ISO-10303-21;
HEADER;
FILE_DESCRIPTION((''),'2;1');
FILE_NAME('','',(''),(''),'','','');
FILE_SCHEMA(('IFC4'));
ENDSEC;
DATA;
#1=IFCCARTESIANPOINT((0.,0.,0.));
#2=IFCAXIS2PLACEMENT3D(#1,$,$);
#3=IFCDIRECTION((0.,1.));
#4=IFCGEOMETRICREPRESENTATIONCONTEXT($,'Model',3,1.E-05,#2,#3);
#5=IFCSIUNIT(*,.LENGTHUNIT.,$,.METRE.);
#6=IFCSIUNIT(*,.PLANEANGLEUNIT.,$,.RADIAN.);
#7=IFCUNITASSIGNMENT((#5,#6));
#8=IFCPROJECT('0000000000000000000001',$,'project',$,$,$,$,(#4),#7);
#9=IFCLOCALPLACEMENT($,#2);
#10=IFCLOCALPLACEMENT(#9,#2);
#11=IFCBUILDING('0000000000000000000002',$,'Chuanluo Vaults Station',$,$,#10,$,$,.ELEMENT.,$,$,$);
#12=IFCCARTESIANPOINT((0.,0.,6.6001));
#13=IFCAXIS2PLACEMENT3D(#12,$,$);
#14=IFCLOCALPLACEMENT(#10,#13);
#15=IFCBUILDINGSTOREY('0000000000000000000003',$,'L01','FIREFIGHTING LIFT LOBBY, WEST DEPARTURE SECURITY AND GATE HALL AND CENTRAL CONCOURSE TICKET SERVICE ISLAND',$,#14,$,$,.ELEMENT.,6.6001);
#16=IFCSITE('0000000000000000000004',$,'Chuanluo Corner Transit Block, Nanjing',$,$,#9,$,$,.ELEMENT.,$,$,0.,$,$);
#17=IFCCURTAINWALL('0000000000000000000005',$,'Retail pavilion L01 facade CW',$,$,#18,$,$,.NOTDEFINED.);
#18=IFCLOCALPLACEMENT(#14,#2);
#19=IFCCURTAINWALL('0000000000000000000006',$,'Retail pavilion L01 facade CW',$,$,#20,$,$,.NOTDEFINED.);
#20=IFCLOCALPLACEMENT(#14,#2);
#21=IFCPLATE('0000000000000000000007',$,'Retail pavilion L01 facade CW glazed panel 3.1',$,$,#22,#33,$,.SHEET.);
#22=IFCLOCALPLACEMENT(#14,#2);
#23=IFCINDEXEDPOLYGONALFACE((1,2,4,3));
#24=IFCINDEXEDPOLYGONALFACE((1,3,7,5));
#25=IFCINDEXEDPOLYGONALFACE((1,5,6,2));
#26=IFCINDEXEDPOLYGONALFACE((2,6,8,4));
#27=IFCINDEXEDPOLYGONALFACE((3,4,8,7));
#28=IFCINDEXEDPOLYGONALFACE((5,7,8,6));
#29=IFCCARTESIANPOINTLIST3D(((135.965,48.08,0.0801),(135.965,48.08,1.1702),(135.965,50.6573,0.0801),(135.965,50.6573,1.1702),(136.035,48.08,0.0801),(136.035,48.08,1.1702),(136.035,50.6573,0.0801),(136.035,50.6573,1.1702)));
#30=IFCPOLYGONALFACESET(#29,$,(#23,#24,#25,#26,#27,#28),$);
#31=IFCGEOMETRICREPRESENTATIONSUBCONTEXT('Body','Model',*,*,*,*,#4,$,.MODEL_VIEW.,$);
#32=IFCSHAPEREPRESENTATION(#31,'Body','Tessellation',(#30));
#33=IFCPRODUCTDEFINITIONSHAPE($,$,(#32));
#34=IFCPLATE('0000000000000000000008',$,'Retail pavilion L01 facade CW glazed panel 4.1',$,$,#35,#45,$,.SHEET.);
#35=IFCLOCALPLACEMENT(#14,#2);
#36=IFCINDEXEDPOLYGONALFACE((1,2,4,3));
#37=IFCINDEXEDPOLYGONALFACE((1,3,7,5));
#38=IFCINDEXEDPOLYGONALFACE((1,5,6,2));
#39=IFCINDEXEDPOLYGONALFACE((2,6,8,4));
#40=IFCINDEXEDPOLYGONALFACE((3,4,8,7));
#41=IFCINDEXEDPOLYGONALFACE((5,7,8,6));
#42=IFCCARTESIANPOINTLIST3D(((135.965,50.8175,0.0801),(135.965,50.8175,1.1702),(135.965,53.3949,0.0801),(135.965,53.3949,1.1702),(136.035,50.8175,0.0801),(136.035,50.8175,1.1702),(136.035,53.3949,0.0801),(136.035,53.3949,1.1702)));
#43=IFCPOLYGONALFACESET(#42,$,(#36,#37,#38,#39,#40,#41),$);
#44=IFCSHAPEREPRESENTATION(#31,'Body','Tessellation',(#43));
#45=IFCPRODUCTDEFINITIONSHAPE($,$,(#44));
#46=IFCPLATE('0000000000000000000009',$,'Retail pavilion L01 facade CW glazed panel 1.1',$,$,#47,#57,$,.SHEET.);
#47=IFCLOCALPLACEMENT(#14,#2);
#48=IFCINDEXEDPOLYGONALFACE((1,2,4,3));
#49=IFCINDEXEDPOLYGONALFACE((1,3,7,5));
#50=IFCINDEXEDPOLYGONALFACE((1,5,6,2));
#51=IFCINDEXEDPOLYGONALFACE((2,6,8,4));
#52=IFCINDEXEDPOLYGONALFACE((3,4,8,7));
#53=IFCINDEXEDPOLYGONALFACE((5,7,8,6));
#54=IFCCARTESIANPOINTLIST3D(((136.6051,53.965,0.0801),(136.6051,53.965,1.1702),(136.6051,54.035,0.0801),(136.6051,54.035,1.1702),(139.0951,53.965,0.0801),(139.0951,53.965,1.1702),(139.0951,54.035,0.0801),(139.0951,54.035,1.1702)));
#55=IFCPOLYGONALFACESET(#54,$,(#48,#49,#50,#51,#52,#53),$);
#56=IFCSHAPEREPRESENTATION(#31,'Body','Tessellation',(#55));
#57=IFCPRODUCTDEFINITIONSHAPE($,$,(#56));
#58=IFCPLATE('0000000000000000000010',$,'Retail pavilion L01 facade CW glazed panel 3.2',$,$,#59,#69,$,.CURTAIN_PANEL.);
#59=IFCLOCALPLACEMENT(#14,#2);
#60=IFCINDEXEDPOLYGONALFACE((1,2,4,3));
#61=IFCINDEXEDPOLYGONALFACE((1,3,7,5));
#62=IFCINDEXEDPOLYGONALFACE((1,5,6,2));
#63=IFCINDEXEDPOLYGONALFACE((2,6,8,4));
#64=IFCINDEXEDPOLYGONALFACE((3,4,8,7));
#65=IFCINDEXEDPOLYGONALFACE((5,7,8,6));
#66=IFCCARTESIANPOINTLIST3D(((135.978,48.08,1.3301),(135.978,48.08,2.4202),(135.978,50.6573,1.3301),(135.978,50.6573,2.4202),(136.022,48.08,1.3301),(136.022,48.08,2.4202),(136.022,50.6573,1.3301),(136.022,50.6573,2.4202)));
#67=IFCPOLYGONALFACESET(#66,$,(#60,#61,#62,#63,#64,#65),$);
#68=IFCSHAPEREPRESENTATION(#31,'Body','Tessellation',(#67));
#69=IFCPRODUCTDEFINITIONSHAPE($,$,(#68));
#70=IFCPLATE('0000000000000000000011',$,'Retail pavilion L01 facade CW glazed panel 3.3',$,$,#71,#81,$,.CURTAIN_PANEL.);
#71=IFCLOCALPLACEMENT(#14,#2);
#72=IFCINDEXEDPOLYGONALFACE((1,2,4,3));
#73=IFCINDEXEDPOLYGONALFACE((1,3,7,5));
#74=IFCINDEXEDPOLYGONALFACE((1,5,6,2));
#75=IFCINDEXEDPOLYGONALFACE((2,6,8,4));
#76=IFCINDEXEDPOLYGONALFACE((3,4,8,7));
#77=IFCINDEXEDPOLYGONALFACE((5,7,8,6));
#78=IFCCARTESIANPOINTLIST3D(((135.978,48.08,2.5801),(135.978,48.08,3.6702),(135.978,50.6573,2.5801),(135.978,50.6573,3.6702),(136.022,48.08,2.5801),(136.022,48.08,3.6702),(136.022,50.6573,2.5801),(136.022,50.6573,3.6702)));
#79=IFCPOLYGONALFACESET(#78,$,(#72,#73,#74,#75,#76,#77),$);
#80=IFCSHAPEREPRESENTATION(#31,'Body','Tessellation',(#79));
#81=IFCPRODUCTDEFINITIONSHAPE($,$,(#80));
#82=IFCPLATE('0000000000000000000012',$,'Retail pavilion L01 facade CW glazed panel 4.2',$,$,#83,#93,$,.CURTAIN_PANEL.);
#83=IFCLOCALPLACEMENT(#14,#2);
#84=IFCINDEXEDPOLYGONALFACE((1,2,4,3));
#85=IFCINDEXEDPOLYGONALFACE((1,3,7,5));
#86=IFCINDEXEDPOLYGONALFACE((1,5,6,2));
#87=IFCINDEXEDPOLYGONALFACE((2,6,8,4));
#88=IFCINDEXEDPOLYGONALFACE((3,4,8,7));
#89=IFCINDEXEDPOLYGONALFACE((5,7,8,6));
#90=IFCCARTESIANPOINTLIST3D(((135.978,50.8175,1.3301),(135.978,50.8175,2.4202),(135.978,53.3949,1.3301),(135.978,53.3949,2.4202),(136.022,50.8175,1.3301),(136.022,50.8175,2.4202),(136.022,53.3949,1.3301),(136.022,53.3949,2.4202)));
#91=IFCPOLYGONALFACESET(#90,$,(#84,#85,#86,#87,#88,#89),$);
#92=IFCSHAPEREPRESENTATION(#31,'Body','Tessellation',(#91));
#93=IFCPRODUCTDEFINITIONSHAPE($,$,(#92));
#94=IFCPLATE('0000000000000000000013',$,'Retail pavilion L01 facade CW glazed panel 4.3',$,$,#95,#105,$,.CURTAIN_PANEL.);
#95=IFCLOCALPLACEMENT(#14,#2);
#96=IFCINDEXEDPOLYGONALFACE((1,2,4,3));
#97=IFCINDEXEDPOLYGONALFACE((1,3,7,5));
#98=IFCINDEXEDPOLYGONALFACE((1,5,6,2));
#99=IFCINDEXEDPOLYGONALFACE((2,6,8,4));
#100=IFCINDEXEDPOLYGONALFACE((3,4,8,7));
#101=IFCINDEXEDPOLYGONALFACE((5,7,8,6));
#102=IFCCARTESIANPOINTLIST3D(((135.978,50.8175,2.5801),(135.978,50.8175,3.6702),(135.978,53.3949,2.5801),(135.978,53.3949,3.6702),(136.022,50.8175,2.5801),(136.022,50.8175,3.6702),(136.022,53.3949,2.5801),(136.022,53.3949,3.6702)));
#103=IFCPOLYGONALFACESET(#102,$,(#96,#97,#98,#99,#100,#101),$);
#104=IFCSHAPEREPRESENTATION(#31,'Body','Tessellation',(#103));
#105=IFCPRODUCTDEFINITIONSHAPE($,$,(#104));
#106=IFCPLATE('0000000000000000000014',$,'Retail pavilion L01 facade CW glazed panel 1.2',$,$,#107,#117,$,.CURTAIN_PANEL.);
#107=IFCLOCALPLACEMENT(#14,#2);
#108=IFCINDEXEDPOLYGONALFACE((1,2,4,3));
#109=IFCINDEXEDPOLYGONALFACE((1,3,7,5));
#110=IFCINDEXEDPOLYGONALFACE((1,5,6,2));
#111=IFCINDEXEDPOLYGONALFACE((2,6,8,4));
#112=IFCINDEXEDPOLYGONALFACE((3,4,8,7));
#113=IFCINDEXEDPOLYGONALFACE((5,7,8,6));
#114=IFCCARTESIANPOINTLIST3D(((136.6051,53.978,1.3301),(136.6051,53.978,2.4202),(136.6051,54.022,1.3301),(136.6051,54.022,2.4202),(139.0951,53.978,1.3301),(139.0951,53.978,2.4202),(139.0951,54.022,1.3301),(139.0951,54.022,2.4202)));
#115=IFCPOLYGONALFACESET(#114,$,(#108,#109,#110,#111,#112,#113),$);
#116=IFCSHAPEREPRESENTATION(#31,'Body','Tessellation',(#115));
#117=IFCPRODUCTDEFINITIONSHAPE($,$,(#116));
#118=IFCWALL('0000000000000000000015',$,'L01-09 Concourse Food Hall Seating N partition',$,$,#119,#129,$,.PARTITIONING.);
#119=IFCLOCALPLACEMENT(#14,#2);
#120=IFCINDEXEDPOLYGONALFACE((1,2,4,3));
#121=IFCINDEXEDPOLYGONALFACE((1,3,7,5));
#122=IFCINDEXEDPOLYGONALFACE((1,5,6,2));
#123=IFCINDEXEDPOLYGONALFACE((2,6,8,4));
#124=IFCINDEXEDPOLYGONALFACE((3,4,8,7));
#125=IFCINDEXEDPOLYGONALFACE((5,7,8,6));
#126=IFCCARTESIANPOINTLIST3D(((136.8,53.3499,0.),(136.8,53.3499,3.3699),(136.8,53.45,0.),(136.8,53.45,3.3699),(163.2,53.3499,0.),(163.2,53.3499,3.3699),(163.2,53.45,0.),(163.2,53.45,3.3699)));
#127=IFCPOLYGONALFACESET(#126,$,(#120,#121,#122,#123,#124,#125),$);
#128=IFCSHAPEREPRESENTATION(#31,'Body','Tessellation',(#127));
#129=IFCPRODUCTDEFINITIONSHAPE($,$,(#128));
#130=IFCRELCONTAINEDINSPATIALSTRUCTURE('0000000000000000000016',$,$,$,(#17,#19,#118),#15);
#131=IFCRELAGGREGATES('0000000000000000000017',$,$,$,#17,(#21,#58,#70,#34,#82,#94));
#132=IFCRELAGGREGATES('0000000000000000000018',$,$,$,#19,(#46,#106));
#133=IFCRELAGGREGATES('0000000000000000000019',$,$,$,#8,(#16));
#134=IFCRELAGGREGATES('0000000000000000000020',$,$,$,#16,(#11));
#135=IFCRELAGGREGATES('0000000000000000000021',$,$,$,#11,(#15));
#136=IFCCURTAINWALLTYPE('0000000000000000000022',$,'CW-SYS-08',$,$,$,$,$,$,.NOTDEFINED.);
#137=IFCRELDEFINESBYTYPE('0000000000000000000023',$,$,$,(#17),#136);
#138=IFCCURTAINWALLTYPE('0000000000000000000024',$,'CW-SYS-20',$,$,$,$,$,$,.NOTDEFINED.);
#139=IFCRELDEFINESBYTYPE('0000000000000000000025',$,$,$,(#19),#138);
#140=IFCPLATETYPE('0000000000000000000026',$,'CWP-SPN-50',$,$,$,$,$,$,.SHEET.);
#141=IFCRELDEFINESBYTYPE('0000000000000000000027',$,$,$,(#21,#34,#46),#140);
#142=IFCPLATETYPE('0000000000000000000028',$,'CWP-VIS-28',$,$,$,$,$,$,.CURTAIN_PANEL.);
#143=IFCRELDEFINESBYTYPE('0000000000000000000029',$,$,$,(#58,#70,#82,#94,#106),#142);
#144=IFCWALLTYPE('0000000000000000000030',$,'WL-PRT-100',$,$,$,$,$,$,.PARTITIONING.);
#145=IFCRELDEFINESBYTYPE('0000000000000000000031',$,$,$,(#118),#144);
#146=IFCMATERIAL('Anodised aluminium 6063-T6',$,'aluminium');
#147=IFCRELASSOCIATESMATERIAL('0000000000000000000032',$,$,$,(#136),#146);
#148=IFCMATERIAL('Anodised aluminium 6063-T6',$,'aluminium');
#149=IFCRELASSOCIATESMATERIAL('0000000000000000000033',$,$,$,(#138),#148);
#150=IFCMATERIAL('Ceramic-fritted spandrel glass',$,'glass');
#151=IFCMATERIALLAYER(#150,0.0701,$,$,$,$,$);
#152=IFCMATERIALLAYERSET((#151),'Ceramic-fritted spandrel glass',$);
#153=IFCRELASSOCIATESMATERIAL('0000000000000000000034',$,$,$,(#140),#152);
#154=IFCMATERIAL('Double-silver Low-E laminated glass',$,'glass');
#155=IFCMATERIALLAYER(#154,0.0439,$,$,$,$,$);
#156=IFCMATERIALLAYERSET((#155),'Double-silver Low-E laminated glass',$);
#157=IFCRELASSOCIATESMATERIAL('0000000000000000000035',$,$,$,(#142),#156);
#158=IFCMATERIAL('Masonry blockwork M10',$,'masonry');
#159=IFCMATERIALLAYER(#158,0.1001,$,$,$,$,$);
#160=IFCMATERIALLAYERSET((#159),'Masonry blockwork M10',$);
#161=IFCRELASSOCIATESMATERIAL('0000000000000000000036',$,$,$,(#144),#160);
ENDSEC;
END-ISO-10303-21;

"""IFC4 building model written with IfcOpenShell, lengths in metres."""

from ifc_helpers import new_model, si_unit, direction, frame, frame_2d, origin, origin_2d, place, context, subcontext, project, spatial, rectangle, extrude, material, layer, layer_set, type_object, element, aggregate, save


model = new_model("IFC4")

# Units and contexts
model_context = context("Model", 3, precision=1e-05, world=origin(), true_north=direction((0.0, 1.0)))
body_context = subcontext(model_context, "Body", "Model", "MODEL_VIEW")
ifc_project = project(units=[si_unit("LENGTHUNIT", "METRE"), si_unit("PLANEANGLEUNIT", "RADIAN")], contexts=[model_context])

# Site, building, storey
site_placement = place(None, origin())
site = spatial("IfcSite", under=ifc_project, at=site_placement, Name="Chuanluo Corner Transit Block, Nanjing", CompositionType="ELEMENT", RefElevation=0.0)
building_placement = place(site_placement, origin())
building = spatial("IfcBuilding", under=site, at=building_placement, Name="Chuanluo Vaults Station", CompositionType="ELEMENT")
storey_placement = place(building_placement, frame((0.0, 0.0, 6.6001)))
storey = spatial("IfcBuildingStorey", under=building, at=storey_placement, Name="L01", Description="FIREFIGHTING LIFT LOBBY, WEST DEPARTURE SECURITY AND GATE HALL AND CENTRAL CONCOURSE TICKET SERVICE ISLAND", CompositionType="ELEMENT", Elevation=6.6001)

# Curtain wall
ifc_material_1 = material(Name="Anodised aluminium 6063-T6", Category="aluminium")
curtain_wall_type_1 = type_object("IfcCurtainWallType", Name="CW-SYS-08", PredefinedType="NOTDEFINED", material=ifc_material_1)
curtain_wall_1_placement = place(storey_placement, origin())
curtain_wall_1 = element("IfcCurtainWall", 1, at=curtain_wall_1_placement, inside=storey, type_object=curtain_wall_type_1, Name="Retail pavilion L01 facade CW", PredefinedType="NOTDEFINED")

# Curtain wall
ifc_material_2 = material(Name="Anodised aluminium 6063-T6", Category="aluminium")
curtain_wall_type_2 = type_object("IfcCurtainWallType", Name="CW-SYS-20", PredefinedType="NOTDEFINED", material=ifc_material_2)
curtain_wall_2_placement = place(storey_placement, origin())
curtain_wall_2 = element("IfcCurtainWall", 2, at=curtain_wall_2_placement, inside=storey, type_object=curtain_wall_type_2, Name="Retail pavilion L01 facade CW", PredefinedType="NOTDEFINED")

# Plates
ifc_material_3 = material(Name="Ceramic-fritted spandrel glass", Category="glass")
ifc_layer_1 = layer(ifc_material_3, 0.0701)
ifc_layer_set_1 = layer_set([ifc_layer_1], Name="Ceramic-fritted spandrel glass")
plate_type_1 = type_object("IfcPlateType", Name="CWP-SPN-50", PredefinedType="SHEET", material=ifc_layer_set_1)
plate_1_placement = place(storey_placement, frame((136.0, 49.3687, 0.0801), z_axis=(0.0, 0.0, 1.0), x_axis=(0.0, 1.0, 0.0)))
plate_1 = element("IfcPlate", 3, at=plate_1_placement, type_object=plate_type_1, Name="Retail pavilion L01 facade CW glazed panel 3.1", PredefinedType="SHEET", context=body_context, shape_type="SweptSolid", body=[
    extrude(rectangle(XDim=2.5774, YDim=0.0701, at=origin_2d()), origin(), (0.0, 0.0, 1.0), 1.0901),
])
plate_2_placement = place(storey_placement, frame((136.0, 52.1062, 0.0801), z_axis=(0.0, 0.0, 1.0), x_axis=(0.0, 1.0, 0.0)))
plate_2 = element("IfcPlate", 4, at=plate_2_placement, type_object=plate_type_1, Name="Retail pavilion L01 facade CW glazed panel 4.1", PredefinedType="SHEET", context=body_context, shape_type="SweptSolid", body=[
    extrude(rectangle(XDim=2.5774, YDim=0.0701, at=origin_2d()), origin(), (0.0, 0.0, 1.0), 1.0901),
])
plate_3_placement = place(storey_placement, frame((137.8501, 54.0, 0.0801), z_axis=(0.0, 0.0, 1.0), x_axis=(1.0, 0.0, 0.0)))
plate_3 = element("IfcPlate", 5, at=plate_3_placement, type_object=plate_type_1, Name="Retail pavilion L01 facade CW glazed panel 1.1", PredefinedType="SHEET", context=body_context, shape_type="SweptSolid", body=[
    extrude(rectangle(XDim=2.49, YDim=0.0701, at=origin_2d()), origin(), (0.0, 0.0, 1.0), 1.0901),
])
ifc_material_4 = material(Name="Double-silver Low-E laminated glass", Category="glass")
ifc_layer_2 = layer(ifc_material_4, 0.0439)
ifc_layer_set_2 = layer_set([ifc_layer_2], Name="Double-silver Low-E laminated glass")
plate_type_2 = type_object("IfcPlateType", Name="CWP-VIS-28", PredefinedType="CURTAIN_PANEL", material=ifc_layer_set_2)
plate_4_placement = place(storey_placement, frame((136.0, 49.3687, 1.3301), z_axis=(0.0, 0.0, 1.0), x_axis=(0.0, 1.0, 0.0)))
plate_4 = element("IfcPlate", 6, at=plate_4_placement, type_object=plate_type_2, Name="Retail pavilion L01 facade CW glazed panel 3.2", PredefinedType="CURTAIN_PANEL", context=body_context, shape_type="SweptSolid", body=[
    extrude(rectangle(XDim=2.5774, YDim=0.0439, at=origin_2d()), origin(), (0.0, 0.0, 1.0), 1.0901),
])
plate_5_placement = place(storey_placement, frame((136.0, 49.3687, 2.5801), z_axis=(0.0, 0.0, 1.0), x_axis=(0.0, 1.0, 0.0)))
plate_5 = element("IfcPlate", 7, at=plate_5_placement, type_object=plate_type_2, Name="Retail pavilion L01 facade CW glazed panel 3.3", PredefinedType="CURTAIN_PANEL", context=body_context, shape_type="SweptSolid", body=[
    extrude(rectangle(XDim=2.5774, YDim=0.0439, at=origin_2d()), origin(), (0.0, 0.0, 1.0), 1.0901),
])
plate_6_placement = place(storey_placement, frame((136.0, 52.1062, 1.3301), z_axis=(0.0, 0.0, 1.0), x_axis=(0.0, 1.0, 0.0)))
plate_6 = element("IfcPlate", 8, at=plate_6_placement, type_object=plate_type_2, Name="Retail pavilion L01 facade CW glazed panel 4.2", PredefinedType="CURTAIN_PANEL", context=body_context, shape_type="SweptSolid", body=[
    extrude(rectangle(XDim=2.5774, YDim=0.0439, at=origin_2d()), origin(), (0.0, 0.0, 1.0), 1.0901),
])
plate_7_placement = place(storey_placement, frame((136.0, 52.1062, 2.5801), z_axis=(0.0, 0.0, 1.0), x_axis=(0.0, 1.0, 0.0)))
plate_7 = element("IfcPlate", 9, at=plate_7_placement, type_object=plate_type_2, Name="Retail pavilion L01 facade CW glazed panel 4.3", PredefinedType="CURTAIN_PANEL", context=body_context, shape_type="SweptSolid", body=[
    extrude(rectangle(XDim=2.5774, YDim=0.0439, at=origin_2d()), origin(), (0.0, 0.0, 1.0), 1.0901),
])
aggregate(curtain_wall_1, [plate_1, plate_4, plate_5, plate_2, plate_6, plate_7])
plate_8_placement = place(storey_placement, frame((137.8501, 54.0, 1.3301), z_axis=(0.0, 0.0, 1.0), x_axis=(1.0, 0.0, 0.0)))
plate_8 = element("IfcPlate", 10, at=plate_8_placement, type_object=plate_type_2, Name="Retail pavilion L01 facade CW glazed panel 1.2", PredefinedType="CURTAIN_PANEL", context=body_context, shape_type="SweptSolid", body=[
    extrude(rectangle(XDim=2.49, YDim=0.0439, at=origin_2d()), origin(), (0.0, 0.0, 1.0), 1.0901),
])
aggregate(curtain_wall_2, [plate_3, plate_8])

# Wall
ifc_material_5 = material(Name="Masonry blockwork M10", Category="masonry")
ifc_layer_3 = layer(ifc_material_5, 0.1001)
ifc_layer_set_3 = layer_set([ifc_layer_3], Name="Masonry blockwork M10")
wall_type = type_object("IfcWallType", Name="WL-PRT-100", PredefinedType="PARTITIONING", material=ifc_layer_set_3)
wall_placement = place(storey_placement, frame((136.8, 53.3999, 0.0), z_axis=(0.0, 0.0, 1.0), x_axis=(1.0, 0.0, 0.0)))
element("IfcWall", 11, at=wall_placement, inside=storey, type_object=wall_type, Name="L01-09 Concourse Food Hall Seating N partition", PredefinedType="PARTITIONING", context=body_context, shape_type="SweptSolid", body=[
    extrude(rectangle(XDim=26.3999, YDim=0.1001, at=frame_2d((13.2, 0.0))), origin(), (0.0, 0.0, 1.0), 3.3699),
])

save(model, "model.ifc")
